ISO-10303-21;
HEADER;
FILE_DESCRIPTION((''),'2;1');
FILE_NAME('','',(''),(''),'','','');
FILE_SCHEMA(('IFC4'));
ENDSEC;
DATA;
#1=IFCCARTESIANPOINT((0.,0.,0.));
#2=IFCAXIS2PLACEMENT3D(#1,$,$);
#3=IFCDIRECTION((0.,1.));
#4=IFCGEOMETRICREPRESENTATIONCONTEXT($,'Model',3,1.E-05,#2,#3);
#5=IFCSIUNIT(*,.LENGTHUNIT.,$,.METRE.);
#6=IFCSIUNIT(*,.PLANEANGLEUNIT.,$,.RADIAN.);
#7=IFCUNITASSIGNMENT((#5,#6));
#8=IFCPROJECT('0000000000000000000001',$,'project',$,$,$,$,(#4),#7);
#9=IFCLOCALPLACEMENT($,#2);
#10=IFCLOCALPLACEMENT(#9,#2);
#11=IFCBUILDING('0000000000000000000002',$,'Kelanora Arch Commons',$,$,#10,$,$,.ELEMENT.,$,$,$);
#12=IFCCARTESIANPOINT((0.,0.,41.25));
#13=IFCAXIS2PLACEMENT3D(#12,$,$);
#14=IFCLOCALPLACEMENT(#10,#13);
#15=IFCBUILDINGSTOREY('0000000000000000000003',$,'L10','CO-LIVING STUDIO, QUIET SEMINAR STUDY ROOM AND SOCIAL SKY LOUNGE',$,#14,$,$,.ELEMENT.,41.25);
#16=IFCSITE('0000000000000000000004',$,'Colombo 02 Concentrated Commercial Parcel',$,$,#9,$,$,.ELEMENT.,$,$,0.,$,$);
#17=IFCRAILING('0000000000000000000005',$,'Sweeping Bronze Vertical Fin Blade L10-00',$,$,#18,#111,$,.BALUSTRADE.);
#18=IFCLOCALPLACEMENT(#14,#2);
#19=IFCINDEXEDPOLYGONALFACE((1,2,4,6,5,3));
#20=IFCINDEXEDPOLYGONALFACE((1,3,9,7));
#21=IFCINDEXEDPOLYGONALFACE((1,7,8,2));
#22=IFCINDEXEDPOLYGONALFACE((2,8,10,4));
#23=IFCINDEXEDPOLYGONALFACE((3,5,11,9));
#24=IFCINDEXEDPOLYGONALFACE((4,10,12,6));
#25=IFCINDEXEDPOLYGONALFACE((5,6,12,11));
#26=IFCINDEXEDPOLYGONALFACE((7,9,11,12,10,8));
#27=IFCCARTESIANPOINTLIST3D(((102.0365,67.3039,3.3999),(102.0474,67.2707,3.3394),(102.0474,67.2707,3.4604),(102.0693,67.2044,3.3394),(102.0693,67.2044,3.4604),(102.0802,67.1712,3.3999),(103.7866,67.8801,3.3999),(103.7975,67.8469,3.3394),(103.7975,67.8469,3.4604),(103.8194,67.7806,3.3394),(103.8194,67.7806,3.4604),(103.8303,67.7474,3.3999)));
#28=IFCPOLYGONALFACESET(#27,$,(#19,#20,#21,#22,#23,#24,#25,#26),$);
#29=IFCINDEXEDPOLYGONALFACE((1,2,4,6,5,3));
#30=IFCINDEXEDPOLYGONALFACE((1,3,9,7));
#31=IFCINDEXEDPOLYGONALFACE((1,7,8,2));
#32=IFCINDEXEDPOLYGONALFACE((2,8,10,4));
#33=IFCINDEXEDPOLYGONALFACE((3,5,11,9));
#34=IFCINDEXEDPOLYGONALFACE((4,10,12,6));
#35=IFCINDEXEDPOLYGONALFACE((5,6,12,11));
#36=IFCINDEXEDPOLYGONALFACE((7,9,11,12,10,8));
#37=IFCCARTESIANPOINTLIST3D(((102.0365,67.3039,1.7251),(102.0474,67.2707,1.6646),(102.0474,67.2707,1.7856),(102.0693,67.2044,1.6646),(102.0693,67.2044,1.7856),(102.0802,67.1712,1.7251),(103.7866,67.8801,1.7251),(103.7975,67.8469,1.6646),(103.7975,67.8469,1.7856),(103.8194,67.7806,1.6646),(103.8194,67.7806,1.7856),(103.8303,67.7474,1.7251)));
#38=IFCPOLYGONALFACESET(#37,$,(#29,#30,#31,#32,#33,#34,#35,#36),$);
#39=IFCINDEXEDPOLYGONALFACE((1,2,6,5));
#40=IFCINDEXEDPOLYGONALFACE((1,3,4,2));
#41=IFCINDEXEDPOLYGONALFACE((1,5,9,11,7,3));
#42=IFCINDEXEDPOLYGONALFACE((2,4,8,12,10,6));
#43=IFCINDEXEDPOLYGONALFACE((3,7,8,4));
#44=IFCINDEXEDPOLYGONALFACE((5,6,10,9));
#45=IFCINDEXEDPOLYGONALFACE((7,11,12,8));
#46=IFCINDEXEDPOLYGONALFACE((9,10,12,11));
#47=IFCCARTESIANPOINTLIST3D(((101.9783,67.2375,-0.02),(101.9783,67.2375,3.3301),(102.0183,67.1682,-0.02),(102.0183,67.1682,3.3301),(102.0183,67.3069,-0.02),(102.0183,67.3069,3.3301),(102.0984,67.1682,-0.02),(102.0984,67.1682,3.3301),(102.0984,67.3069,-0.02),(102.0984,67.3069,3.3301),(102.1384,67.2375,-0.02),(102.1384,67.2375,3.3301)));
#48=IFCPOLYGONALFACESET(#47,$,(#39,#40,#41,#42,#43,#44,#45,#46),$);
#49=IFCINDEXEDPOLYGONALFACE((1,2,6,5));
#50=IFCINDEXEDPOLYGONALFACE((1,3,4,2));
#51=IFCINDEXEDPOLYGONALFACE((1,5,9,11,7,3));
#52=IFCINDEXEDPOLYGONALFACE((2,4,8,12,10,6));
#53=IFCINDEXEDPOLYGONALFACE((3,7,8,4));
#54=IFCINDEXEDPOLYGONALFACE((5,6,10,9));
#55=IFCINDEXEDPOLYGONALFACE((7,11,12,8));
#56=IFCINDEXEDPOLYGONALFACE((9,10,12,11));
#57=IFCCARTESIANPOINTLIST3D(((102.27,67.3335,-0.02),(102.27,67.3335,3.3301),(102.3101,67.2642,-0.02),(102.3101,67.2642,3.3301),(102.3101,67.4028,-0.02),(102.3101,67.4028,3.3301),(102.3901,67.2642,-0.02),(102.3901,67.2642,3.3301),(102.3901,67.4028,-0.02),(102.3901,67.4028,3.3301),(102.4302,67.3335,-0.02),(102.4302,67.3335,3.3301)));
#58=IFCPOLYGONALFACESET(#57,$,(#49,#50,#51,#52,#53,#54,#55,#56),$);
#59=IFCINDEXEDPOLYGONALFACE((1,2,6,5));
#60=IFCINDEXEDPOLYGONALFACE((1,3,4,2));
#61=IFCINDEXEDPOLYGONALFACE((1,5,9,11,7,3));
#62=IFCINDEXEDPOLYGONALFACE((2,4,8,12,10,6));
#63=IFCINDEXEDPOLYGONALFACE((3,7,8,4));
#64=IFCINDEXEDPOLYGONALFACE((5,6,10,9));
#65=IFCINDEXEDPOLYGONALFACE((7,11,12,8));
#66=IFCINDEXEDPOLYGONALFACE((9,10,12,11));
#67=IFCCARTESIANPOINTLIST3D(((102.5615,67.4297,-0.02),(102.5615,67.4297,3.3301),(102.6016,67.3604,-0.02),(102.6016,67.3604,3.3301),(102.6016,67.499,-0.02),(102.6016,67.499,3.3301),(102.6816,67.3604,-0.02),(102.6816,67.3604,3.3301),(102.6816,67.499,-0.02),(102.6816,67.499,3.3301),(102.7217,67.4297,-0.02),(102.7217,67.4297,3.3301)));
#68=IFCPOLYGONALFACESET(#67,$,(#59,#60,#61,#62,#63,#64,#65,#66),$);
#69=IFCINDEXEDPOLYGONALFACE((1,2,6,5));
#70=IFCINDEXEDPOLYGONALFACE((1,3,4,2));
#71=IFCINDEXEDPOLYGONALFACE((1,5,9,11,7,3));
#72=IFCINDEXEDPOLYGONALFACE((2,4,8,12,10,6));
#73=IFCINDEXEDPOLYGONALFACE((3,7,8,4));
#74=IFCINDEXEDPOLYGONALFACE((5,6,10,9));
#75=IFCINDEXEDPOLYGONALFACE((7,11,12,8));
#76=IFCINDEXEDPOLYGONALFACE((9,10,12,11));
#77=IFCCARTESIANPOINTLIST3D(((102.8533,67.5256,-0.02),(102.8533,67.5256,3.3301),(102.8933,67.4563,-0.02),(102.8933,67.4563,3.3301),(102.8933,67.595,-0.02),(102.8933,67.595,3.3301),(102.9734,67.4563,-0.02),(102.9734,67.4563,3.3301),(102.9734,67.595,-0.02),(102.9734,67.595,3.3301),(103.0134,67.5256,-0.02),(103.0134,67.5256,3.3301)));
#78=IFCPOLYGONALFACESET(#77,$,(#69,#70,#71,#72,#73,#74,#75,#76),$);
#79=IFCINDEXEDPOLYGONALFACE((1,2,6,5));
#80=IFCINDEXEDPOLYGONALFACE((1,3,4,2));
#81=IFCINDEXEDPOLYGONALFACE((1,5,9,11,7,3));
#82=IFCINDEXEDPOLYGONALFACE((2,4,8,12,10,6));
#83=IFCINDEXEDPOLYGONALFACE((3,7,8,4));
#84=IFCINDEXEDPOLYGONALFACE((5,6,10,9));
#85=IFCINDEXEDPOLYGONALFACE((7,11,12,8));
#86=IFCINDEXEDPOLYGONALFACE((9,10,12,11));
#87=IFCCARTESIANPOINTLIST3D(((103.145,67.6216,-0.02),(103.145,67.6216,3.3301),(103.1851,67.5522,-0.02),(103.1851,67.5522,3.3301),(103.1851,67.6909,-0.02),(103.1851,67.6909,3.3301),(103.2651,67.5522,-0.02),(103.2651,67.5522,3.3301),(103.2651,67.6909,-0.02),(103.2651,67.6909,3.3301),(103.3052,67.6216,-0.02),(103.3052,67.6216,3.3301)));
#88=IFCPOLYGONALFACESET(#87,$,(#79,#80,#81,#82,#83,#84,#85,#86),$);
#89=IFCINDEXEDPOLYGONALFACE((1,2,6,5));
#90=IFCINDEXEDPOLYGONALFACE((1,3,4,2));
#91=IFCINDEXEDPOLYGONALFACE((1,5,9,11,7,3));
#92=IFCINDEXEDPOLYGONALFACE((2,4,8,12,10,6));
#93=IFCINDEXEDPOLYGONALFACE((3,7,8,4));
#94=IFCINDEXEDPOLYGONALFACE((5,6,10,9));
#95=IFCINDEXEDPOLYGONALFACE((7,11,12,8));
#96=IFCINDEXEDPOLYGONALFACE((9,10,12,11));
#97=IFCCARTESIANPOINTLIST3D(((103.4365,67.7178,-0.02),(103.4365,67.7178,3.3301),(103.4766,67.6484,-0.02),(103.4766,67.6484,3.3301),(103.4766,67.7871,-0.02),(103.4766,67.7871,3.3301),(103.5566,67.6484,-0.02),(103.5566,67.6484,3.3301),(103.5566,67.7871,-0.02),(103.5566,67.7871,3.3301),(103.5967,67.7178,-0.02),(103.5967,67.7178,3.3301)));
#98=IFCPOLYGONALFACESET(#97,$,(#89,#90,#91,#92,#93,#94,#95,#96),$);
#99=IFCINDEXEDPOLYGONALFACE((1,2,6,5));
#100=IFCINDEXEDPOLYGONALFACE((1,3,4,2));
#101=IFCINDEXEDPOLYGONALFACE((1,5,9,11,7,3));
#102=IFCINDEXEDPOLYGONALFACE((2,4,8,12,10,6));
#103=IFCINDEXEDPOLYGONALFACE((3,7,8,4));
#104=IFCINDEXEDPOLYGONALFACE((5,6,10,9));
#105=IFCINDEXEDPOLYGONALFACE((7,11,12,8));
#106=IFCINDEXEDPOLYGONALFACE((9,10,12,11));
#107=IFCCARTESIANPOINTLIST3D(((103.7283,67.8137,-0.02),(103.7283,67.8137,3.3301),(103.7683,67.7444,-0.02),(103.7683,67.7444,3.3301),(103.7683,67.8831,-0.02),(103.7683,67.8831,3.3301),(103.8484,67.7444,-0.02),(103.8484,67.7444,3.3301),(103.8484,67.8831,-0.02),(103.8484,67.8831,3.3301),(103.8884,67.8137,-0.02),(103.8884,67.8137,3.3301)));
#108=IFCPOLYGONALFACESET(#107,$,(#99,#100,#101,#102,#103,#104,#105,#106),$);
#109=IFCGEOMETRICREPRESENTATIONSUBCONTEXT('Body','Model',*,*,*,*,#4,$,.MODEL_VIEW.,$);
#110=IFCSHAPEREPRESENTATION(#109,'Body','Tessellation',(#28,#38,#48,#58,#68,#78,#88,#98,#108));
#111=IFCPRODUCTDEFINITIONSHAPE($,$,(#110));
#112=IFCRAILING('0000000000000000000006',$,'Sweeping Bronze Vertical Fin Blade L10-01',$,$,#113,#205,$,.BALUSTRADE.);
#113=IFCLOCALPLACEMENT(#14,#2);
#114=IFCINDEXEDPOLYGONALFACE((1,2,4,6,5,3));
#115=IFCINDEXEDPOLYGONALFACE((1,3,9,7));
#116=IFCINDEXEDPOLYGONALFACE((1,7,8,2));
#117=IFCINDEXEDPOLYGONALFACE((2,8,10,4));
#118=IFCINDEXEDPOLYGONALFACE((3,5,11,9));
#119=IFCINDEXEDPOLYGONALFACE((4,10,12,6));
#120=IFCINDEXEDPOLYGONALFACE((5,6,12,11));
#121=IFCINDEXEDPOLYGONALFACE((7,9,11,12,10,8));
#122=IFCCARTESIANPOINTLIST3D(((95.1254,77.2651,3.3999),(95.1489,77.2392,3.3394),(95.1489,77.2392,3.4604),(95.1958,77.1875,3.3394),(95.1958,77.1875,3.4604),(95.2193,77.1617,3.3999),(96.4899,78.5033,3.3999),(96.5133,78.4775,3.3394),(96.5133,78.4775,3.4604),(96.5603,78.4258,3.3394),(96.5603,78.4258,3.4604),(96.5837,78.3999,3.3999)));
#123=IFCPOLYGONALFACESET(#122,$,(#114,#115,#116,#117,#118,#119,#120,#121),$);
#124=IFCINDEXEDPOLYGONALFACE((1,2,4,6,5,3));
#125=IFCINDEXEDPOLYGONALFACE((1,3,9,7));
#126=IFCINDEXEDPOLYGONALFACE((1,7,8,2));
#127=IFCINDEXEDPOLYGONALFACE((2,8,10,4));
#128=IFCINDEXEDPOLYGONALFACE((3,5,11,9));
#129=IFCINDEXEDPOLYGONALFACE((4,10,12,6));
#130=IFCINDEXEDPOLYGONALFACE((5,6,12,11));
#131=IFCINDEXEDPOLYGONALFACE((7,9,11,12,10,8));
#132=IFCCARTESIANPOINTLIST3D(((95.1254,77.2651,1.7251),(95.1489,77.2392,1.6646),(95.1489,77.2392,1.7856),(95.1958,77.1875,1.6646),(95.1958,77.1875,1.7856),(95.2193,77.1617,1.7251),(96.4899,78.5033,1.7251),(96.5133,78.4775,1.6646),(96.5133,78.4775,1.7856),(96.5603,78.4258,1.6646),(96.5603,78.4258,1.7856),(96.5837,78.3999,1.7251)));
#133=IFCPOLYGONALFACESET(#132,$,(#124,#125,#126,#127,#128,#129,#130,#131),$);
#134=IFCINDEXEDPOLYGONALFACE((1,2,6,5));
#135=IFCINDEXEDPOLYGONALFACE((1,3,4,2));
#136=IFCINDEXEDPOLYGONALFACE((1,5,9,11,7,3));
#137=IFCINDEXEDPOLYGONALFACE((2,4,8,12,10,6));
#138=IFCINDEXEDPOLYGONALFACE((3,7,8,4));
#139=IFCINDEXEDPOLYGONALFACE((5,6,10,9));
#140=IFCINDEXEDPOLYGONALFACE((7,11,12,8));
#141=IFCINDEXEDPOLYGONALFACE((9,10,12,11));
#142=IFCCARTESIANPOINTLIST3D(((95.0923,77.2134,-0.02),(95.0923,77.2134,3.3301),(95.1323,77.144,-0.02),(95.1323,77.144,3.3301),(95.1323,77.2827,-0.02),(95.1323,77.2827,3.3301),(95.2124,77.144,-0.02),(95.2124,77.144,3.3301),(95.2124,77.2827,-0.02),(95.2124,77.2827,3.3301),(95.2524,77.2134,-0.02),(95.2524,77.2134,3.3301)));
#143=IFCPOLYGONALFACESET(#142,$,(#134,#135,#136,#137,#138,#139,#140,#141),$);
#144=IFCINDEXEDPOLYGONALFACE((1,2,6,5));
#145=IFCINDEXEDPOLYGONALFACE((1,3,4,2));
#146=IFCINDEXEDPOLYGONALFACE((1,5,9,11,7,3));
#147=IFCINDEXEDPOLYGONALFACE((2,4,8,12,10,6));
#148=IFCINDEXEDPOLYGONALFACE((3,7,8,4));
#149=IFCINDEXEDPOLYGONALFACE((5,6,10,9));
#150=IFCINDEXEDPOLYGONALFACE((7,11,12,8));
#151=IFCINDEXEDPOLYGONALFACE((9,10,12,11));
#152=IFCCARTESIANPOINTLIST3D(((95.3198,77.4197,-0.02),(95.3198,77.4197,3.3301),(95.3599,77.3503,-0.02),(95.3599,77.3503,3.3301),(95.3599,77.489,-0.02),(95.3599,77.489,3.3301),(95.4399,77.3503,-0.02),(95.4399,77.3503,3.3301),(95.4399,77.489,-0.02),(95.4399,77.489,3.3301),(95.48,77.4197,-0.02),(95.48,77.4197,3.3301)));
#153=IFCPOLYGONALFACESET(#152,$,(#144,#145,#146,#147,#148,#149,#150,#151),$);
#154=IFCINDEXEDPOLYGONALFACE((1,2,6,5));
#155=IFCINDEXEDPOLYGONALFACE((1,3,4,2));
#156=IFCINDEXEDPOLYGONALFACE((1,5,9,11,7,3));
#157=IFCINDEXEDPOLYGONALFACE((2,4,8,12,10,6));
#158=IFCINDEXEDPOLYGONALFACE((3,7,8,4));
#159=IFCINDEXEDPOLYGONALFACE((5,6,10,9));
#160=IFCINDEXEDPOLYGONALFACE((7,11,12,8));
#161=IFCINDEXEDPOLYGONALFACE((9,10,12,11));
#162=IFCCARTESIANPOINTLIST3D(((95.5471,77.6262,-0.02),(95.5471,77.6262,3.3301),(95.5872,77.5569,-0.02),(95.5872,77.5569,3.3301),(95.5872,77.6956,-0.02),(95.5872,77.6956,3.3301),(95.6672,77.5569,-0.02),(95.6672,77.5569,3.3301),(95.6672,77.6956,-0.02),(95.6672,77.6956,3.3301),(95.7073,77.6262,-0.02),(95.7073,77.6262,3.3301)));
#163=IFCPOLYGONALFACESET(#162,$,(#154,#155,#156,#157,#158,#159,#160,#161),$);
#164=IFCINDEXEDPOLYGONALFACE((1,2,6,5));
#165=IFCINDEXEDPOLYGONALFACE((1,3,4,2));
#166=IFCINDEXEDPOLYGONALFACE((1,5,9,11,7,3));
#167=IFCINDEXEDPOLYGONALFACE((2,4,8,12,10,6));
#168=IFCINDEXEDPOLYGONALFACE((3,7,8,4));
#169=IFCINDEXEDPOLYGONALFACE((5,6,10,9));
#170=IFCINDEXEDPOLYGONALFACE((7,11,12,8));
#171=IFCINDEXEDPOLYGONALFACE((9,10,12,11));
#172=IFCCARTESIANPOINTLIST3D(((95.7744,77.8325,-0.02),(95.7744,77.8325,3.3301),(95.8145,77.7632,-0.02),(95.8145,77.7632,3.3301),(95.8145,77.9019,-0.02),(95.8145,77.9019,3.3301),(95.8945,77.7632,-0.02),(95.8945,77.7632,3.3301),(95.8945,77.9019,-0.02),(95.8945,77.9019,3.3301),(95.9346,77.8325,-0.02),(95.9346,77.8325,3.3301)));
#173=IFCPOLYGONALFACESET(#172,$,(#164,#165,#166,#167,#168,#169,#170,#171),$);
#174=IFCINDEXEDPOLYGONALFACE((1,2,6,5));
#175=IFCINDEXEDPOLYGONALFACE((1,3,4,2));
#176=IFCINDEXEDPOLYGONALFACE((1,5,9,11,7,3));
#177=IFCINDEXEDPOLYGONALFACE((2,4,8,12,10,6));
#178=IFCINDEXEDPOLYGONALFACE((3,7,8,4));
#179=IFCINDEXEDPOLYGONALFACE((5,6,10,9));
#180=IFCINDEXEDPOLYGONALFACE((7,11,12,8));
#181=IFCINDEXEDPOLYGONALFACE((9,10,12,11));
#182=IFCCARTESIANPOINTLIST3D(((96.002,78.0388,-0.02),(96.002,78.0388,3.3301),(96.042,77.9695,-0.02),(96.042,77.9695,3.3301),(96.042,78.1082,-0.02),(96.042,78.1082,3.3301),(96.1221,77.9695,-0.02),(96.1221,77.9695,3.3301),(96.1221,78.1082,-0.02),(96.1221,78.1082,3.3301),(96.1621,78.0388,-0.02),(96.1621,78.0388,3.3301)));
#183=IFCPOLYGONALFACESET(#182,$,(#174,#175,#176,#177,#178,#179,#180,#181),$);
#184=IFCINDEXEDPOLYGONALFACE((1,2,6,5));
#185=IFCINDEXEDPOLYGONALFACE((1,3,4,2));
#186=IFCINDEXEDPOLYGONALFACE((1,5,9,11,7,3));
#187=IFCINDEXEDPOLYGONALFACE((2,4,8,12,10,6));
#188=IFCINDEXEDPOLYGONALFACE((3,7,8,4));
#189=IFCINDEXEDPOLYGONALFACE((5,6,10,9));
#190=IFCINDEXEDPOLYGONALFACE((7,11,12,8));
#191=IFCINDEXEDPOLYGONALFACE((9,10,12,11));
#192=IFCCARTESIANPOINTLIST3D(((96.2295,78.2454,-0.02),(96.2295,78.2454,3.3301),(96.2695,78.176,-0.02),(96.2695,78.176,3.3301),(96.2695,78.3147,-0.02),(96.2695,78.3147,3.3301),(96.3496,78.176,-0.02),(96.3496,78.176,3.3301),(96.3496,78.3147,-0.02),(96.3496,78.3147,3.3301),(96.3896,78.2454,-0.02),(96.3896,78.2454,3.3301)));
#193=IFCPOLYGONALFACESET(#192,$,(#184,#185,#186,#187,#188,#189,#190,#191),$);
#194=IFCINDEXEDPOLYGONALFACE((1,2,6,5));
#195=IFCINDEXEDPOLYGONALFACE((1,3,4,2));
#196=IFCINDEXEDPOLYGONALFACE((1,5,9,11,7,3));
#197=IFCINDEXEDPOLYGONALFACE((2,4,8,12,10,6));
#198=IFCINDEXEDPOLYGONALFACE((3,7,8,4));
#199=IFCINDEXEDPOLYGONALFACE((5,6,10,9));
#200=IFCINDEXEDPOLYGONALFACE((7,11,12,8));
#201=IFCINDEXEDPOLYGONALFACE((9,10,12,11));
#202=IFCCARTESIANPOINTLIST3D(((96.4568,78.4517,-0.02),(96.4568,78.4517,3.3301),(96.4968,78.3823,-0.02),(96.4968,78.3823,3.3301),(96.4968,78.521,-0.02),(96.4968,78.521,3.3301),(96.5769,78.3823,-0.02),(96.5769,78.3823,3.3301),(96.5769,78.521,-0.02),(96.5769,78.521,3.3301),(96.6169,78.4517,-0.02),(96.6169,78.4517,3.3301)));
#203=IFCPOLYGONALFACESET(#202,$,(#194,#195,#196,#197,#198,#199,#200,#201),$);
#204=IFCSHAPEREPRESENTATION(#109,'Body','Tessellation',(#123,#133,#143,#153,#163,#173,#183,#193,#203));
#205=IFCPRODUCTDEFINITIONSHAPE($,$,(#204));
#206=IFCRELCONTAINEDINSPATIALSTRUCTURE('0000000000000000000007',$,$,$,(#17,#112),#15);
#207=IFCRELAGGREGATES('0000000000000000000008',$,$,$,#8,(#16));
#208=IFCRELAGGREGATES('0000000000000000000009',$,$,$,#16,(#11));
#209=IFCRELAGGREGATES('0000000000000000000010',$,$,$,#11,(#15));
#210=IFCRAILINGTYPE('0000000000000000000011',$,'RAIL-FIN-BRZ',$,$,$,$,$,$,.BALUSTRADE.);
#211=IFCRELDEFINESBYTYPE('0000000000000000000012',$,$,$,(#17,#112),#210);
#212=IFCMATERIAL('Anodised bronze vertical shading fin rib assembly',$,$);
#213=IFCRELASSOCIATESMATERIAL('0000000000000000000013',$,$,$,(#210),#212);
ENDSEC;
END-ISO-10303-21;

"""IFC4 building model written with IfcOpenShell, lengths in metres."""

from ifc_helpers import new_model, si_unit, direction, frame, origin, place, context, subcontext, project, spatial, polyline, outline, extrude, material, type_object, element, save


model = new_model("IFC4")

# Units and contexts
model_context = context("Model", 3, precision=1e-05, world=origin(), true_north=direction((0.0, 1.0)))
body_context = subcontext(model_context, "Body", "Model", "MODEL_VIEW")
ifc_project = project(units=[si_unit("LENGTHUNIT", "METRE"), si_unit("PLANEANGLEUNIT", "RADIAN")], contexts=[model_context])

# Site, building, storey
site_placement = place(None, origin())
site = spatial("IfcSite", under=ifc_project, at=site_placement, Name="Colombo 02 Concentrated Commercial Parcel", CompositionType="ELEMENT", RefElevation=0.0)
building_placement = place(site_placement, origin())
building = spatial("IfcBuilding", under=site, at=building_placement, Name="Kelanora Arch Commons", CompositionType="ELEMENT")
storey_placement = place(building_placement, frame((0.0, 0.0, 41.25)))
storey = spatial("IfcBuildingStorey", under=building, at=storey_placement, Name="L10", Description="CO-LIVING STUDIO, QUIET SEMINAR STUDY ROOM AND SOCIAL SKY LOUNGE", CompositionType="ELEMENT", Elevation=41.25)

# Railings
ifc_material_1 = material(Name="Anodised bronze vertical shading fin rib assembly")
railing_type = type_object("IfcRailingType", Name="RAIL-FIN-BRZ", PredefinedType="BALUSTRADE", material=ifc_material_1)
railing_1_placement = place(storey_placement, frame((102.0583, 67.2375, -0.02)))
element("IfcRailing", 1, at=railing_1_placement, inside=storey, type_object=railing_type, Name="Sweeping Bronze Vertical Fin Blade L10-00", PredefinedType="BALUSTRADE", context=body_context, shape_type="SweptSolid", body=[
    extrude(outline(polyline([(0.0698, 0.0), (0.0349, 0.0605), (-0.0349, 0.0605), (-0.0698, 0.0), (-0.0349, -0.0605), (0.0349, -0.0605), (0.0698, 0.0)])), frame((0.0, 0.0, 3.4199), z_axis=(0.949843, 0.312727, 0.0), x_axis=(-0.312727, 0.949843, 0.0)), (0.0, 0.0, 1.0), 1.8425),
    extrude(outline(polyline([(0.0698, 0.0), (0.0349, 0.0605), (-0.0349, 0.0605), (-0.0698, 0.0), (-0.0349, -0.0605), (0.0349, -0.0605), (0.0698, 0.0)])), frame((0.0, 0.0, 1.7451), z_axis=(0.949843, 0.312727, 0.0), x_axis=(-0.312727, 0.949843, 0.0)), (0.0, 0.0, 1.0), 1.8425),
    extrude(outline(polyline([(0.0801, 0.0), (0.04, 0.0693), (-0.04, 0.0693), (-0.0801, 0.0), (-0.04, -0.0693), (0.04, -0.0693), (0.0801, 0.0)])), origin(), (0.0, 0.0, 1.0), 3.3501),
    extrude(outline(polyline([(0.0801, 0.0), (0.04, 0.0693), (-0.04, 0.0693), (-0.0801, 0.0), (-0.04, -0.0693), (0.04, -0.0693), (0.0801, 0.0)])), frame((0.2917, 0.0959, 0.0)), (0.0, 0.0, 1.0), 3.3501),
    extrude(outline(polyline([(0.0801, 0.0), (0.04, 0.0693), (-0.04, 0.0693), (-0.0801, 0.0), (-0.04, -0.0693), (0.04, -0.0693), (0.0801, 0.0)])), frame((0.5833, 0.1921, 0.0)), (0.0, 0.0, 1.0), 3.3501),
    extrude(outline(polyline([(0.0801, 0.0), (0.04, 0.0693), (-0.04, 0.0693), (-0.0801, 0.0), (-0.04, -0.0693), (0.04, -0.0693), (0.0801, 0.0)])), frame((0.875, 0.2881, 0.0)), (0.0, 0.0, 1.0), 3.3501),
    extrude(outline(polyline([(0.0801, 0.0), (0.04, 0.0693), (-0.04, 0.0693), (-0.0801, 0.0), (-0.04, -0.0693), (0.04, -0.0693), (0.0801, 0.0)])), frame((1.1667, 0.384, 0.0)), (0.0, 0.0, 1.0), 3.3501),
    extrude(outline(polyline([(0.0801, 0.0), (0.04, 0.0693), (-0.04, 0.0693), (-0.0801, 0.0), (-0.04, -0.0693), (0.04, -0.0693), (0.0801, 0.0)])), frame((1.4583, 0.4802, 0.0)), (0.0, 0.0, 1.0), 3.3501),
    extrude(outline(polyline([(0.0801, 0.0), (0.04, 0.0693), (-0.04, 0.0693), (-0.0801, 0.0), (-0.04, -0.0693), (0.04, -0.0693), (0.0801, 0.0)])), frame((1.75, 0.5762, 0.0)), (0.0, 0.0, 1.0), 3.3501),
])
railing_2_placement = place(storey_placement, frame((95.1724, 77.2134, -0.02)))
element("IfcRailing", 2, at=railing_2_placement, inside=storey, type_object=railing_type, Name="Sweeping Bronze Vertical Fin Blade L10-01", PredefinedType="BALUSTRADE", context=body_context, shape_type="SweptSolid", body=[
    extrude(outline(polyline([(0.0698, 0.0), (0.0349, 0.0605), (-0.0349, 0.0605), (-0.0698, 0.0), (-0.0349, -0.0605), (0.0349, -0.0605), (0.0698, 0.0)])), frame((0.0, 0.0, 3.4199), z_axis=(0.740527, 0.672026, 0.0), x_axis=(-0.672026, 0.740527, 0.0)), (0.0, 0.0, 1.0), 1.8425),
    extrude(outline(polyline([(0.0698, 0.0), (0.0349, 0.0605), (-0.0349, 0.0605), (-0.0698, 0.0), (-0.0349, -0.0605), (0.0349, -0.0605), (0.0698, 0.0)])), frame((0.0, 0.0, 1.7451), z_axis=(0.740527, 0.672026, 0.0), x_axis=(-0.672026, 0.740527, 0.0)), (0.0, 0.0, 1.0), 1.8425),
    extrude(outline(polyline([(0.0801, 0.0), (0.04, 0.0693), (-0.04, 0.0693), (-0.0801, 0.0), (-0.04, -0.0693), (0.04, -0.0693), (0.0801, 0.0)])), origin(), (0.0, 0.0, 1.0), 3.3501),
    extrude(outline(polyline([(0.0801, 0.0), (0.04, 0.0693), (-0.04, 0.0693), (-0.0801, 0.0), (-0.04, -0.0693), (0.04, -0.0693), (0.0801, 0.0)])), frame((0.2275, 0.2063, 0.0)), (0.0, 0.0, 1.0), 3.3501),
    extrude(outline(polyline([(0.0801, 0.0), (0.04, 0.0693), (-0.04, 0.0693), (-0.0801, 0.0), (-0.04, -0.0693), (0.04, -0.0693), (0.0801, 0.0)])), frame((0.4548, 0.4128, 0.0)), (0.0, 0.0, 1.0), 3.3501),
    extrude(outline(polyline([(0.0801, 0.0), (0.04, 0.0693), (-0.04, 0.0693), (-0.0801, 0.0), (-0.04, -0.0693), (0.04, -0.0693), (0.0801, 0.0)])), frame((0.6821, 0.6191, 0.0)), (0.0, 0.0, 1.0), 3.3501),
    extrude(outline(polyline([(0.0801, 0.0), (0.04, 0.0693), (-0.04, 0.0693), (-0.0801, 0.0), (-0.04, -0.0693), (0.04, -0.0693), (0.0801, 0.0)])), frame((0.9097, 0.8254, 0.0)), (0.0, 0.0, 1.0), 3.3501),
    extrude(outline(polyline([(0.0801, 0.0), (0.04, 0.0693), (-0.04, 0.0693), (-0.0801, 0.0), (-0.04, -0.0693), (0.04, -0.0693), (0.0801, 0.0)])), frame((1.1372, 1.032, 0.0)), (0.0, 0.0, 1.0), 3.3501),
    extrude(outline(polyline([(0.0801, 0.0), (0.04, 0.0693), (-0.04, 0.0693), (-0.0801, 0.0), (-0.04, -0.0693), (0.04, -0.0693), (0.0801, 0.0)])), frame((1.3645, 1.2383, 0.0)), (0.0, 0.0, 1.0), 3.3501),
])

save(model, "model.ifc")
